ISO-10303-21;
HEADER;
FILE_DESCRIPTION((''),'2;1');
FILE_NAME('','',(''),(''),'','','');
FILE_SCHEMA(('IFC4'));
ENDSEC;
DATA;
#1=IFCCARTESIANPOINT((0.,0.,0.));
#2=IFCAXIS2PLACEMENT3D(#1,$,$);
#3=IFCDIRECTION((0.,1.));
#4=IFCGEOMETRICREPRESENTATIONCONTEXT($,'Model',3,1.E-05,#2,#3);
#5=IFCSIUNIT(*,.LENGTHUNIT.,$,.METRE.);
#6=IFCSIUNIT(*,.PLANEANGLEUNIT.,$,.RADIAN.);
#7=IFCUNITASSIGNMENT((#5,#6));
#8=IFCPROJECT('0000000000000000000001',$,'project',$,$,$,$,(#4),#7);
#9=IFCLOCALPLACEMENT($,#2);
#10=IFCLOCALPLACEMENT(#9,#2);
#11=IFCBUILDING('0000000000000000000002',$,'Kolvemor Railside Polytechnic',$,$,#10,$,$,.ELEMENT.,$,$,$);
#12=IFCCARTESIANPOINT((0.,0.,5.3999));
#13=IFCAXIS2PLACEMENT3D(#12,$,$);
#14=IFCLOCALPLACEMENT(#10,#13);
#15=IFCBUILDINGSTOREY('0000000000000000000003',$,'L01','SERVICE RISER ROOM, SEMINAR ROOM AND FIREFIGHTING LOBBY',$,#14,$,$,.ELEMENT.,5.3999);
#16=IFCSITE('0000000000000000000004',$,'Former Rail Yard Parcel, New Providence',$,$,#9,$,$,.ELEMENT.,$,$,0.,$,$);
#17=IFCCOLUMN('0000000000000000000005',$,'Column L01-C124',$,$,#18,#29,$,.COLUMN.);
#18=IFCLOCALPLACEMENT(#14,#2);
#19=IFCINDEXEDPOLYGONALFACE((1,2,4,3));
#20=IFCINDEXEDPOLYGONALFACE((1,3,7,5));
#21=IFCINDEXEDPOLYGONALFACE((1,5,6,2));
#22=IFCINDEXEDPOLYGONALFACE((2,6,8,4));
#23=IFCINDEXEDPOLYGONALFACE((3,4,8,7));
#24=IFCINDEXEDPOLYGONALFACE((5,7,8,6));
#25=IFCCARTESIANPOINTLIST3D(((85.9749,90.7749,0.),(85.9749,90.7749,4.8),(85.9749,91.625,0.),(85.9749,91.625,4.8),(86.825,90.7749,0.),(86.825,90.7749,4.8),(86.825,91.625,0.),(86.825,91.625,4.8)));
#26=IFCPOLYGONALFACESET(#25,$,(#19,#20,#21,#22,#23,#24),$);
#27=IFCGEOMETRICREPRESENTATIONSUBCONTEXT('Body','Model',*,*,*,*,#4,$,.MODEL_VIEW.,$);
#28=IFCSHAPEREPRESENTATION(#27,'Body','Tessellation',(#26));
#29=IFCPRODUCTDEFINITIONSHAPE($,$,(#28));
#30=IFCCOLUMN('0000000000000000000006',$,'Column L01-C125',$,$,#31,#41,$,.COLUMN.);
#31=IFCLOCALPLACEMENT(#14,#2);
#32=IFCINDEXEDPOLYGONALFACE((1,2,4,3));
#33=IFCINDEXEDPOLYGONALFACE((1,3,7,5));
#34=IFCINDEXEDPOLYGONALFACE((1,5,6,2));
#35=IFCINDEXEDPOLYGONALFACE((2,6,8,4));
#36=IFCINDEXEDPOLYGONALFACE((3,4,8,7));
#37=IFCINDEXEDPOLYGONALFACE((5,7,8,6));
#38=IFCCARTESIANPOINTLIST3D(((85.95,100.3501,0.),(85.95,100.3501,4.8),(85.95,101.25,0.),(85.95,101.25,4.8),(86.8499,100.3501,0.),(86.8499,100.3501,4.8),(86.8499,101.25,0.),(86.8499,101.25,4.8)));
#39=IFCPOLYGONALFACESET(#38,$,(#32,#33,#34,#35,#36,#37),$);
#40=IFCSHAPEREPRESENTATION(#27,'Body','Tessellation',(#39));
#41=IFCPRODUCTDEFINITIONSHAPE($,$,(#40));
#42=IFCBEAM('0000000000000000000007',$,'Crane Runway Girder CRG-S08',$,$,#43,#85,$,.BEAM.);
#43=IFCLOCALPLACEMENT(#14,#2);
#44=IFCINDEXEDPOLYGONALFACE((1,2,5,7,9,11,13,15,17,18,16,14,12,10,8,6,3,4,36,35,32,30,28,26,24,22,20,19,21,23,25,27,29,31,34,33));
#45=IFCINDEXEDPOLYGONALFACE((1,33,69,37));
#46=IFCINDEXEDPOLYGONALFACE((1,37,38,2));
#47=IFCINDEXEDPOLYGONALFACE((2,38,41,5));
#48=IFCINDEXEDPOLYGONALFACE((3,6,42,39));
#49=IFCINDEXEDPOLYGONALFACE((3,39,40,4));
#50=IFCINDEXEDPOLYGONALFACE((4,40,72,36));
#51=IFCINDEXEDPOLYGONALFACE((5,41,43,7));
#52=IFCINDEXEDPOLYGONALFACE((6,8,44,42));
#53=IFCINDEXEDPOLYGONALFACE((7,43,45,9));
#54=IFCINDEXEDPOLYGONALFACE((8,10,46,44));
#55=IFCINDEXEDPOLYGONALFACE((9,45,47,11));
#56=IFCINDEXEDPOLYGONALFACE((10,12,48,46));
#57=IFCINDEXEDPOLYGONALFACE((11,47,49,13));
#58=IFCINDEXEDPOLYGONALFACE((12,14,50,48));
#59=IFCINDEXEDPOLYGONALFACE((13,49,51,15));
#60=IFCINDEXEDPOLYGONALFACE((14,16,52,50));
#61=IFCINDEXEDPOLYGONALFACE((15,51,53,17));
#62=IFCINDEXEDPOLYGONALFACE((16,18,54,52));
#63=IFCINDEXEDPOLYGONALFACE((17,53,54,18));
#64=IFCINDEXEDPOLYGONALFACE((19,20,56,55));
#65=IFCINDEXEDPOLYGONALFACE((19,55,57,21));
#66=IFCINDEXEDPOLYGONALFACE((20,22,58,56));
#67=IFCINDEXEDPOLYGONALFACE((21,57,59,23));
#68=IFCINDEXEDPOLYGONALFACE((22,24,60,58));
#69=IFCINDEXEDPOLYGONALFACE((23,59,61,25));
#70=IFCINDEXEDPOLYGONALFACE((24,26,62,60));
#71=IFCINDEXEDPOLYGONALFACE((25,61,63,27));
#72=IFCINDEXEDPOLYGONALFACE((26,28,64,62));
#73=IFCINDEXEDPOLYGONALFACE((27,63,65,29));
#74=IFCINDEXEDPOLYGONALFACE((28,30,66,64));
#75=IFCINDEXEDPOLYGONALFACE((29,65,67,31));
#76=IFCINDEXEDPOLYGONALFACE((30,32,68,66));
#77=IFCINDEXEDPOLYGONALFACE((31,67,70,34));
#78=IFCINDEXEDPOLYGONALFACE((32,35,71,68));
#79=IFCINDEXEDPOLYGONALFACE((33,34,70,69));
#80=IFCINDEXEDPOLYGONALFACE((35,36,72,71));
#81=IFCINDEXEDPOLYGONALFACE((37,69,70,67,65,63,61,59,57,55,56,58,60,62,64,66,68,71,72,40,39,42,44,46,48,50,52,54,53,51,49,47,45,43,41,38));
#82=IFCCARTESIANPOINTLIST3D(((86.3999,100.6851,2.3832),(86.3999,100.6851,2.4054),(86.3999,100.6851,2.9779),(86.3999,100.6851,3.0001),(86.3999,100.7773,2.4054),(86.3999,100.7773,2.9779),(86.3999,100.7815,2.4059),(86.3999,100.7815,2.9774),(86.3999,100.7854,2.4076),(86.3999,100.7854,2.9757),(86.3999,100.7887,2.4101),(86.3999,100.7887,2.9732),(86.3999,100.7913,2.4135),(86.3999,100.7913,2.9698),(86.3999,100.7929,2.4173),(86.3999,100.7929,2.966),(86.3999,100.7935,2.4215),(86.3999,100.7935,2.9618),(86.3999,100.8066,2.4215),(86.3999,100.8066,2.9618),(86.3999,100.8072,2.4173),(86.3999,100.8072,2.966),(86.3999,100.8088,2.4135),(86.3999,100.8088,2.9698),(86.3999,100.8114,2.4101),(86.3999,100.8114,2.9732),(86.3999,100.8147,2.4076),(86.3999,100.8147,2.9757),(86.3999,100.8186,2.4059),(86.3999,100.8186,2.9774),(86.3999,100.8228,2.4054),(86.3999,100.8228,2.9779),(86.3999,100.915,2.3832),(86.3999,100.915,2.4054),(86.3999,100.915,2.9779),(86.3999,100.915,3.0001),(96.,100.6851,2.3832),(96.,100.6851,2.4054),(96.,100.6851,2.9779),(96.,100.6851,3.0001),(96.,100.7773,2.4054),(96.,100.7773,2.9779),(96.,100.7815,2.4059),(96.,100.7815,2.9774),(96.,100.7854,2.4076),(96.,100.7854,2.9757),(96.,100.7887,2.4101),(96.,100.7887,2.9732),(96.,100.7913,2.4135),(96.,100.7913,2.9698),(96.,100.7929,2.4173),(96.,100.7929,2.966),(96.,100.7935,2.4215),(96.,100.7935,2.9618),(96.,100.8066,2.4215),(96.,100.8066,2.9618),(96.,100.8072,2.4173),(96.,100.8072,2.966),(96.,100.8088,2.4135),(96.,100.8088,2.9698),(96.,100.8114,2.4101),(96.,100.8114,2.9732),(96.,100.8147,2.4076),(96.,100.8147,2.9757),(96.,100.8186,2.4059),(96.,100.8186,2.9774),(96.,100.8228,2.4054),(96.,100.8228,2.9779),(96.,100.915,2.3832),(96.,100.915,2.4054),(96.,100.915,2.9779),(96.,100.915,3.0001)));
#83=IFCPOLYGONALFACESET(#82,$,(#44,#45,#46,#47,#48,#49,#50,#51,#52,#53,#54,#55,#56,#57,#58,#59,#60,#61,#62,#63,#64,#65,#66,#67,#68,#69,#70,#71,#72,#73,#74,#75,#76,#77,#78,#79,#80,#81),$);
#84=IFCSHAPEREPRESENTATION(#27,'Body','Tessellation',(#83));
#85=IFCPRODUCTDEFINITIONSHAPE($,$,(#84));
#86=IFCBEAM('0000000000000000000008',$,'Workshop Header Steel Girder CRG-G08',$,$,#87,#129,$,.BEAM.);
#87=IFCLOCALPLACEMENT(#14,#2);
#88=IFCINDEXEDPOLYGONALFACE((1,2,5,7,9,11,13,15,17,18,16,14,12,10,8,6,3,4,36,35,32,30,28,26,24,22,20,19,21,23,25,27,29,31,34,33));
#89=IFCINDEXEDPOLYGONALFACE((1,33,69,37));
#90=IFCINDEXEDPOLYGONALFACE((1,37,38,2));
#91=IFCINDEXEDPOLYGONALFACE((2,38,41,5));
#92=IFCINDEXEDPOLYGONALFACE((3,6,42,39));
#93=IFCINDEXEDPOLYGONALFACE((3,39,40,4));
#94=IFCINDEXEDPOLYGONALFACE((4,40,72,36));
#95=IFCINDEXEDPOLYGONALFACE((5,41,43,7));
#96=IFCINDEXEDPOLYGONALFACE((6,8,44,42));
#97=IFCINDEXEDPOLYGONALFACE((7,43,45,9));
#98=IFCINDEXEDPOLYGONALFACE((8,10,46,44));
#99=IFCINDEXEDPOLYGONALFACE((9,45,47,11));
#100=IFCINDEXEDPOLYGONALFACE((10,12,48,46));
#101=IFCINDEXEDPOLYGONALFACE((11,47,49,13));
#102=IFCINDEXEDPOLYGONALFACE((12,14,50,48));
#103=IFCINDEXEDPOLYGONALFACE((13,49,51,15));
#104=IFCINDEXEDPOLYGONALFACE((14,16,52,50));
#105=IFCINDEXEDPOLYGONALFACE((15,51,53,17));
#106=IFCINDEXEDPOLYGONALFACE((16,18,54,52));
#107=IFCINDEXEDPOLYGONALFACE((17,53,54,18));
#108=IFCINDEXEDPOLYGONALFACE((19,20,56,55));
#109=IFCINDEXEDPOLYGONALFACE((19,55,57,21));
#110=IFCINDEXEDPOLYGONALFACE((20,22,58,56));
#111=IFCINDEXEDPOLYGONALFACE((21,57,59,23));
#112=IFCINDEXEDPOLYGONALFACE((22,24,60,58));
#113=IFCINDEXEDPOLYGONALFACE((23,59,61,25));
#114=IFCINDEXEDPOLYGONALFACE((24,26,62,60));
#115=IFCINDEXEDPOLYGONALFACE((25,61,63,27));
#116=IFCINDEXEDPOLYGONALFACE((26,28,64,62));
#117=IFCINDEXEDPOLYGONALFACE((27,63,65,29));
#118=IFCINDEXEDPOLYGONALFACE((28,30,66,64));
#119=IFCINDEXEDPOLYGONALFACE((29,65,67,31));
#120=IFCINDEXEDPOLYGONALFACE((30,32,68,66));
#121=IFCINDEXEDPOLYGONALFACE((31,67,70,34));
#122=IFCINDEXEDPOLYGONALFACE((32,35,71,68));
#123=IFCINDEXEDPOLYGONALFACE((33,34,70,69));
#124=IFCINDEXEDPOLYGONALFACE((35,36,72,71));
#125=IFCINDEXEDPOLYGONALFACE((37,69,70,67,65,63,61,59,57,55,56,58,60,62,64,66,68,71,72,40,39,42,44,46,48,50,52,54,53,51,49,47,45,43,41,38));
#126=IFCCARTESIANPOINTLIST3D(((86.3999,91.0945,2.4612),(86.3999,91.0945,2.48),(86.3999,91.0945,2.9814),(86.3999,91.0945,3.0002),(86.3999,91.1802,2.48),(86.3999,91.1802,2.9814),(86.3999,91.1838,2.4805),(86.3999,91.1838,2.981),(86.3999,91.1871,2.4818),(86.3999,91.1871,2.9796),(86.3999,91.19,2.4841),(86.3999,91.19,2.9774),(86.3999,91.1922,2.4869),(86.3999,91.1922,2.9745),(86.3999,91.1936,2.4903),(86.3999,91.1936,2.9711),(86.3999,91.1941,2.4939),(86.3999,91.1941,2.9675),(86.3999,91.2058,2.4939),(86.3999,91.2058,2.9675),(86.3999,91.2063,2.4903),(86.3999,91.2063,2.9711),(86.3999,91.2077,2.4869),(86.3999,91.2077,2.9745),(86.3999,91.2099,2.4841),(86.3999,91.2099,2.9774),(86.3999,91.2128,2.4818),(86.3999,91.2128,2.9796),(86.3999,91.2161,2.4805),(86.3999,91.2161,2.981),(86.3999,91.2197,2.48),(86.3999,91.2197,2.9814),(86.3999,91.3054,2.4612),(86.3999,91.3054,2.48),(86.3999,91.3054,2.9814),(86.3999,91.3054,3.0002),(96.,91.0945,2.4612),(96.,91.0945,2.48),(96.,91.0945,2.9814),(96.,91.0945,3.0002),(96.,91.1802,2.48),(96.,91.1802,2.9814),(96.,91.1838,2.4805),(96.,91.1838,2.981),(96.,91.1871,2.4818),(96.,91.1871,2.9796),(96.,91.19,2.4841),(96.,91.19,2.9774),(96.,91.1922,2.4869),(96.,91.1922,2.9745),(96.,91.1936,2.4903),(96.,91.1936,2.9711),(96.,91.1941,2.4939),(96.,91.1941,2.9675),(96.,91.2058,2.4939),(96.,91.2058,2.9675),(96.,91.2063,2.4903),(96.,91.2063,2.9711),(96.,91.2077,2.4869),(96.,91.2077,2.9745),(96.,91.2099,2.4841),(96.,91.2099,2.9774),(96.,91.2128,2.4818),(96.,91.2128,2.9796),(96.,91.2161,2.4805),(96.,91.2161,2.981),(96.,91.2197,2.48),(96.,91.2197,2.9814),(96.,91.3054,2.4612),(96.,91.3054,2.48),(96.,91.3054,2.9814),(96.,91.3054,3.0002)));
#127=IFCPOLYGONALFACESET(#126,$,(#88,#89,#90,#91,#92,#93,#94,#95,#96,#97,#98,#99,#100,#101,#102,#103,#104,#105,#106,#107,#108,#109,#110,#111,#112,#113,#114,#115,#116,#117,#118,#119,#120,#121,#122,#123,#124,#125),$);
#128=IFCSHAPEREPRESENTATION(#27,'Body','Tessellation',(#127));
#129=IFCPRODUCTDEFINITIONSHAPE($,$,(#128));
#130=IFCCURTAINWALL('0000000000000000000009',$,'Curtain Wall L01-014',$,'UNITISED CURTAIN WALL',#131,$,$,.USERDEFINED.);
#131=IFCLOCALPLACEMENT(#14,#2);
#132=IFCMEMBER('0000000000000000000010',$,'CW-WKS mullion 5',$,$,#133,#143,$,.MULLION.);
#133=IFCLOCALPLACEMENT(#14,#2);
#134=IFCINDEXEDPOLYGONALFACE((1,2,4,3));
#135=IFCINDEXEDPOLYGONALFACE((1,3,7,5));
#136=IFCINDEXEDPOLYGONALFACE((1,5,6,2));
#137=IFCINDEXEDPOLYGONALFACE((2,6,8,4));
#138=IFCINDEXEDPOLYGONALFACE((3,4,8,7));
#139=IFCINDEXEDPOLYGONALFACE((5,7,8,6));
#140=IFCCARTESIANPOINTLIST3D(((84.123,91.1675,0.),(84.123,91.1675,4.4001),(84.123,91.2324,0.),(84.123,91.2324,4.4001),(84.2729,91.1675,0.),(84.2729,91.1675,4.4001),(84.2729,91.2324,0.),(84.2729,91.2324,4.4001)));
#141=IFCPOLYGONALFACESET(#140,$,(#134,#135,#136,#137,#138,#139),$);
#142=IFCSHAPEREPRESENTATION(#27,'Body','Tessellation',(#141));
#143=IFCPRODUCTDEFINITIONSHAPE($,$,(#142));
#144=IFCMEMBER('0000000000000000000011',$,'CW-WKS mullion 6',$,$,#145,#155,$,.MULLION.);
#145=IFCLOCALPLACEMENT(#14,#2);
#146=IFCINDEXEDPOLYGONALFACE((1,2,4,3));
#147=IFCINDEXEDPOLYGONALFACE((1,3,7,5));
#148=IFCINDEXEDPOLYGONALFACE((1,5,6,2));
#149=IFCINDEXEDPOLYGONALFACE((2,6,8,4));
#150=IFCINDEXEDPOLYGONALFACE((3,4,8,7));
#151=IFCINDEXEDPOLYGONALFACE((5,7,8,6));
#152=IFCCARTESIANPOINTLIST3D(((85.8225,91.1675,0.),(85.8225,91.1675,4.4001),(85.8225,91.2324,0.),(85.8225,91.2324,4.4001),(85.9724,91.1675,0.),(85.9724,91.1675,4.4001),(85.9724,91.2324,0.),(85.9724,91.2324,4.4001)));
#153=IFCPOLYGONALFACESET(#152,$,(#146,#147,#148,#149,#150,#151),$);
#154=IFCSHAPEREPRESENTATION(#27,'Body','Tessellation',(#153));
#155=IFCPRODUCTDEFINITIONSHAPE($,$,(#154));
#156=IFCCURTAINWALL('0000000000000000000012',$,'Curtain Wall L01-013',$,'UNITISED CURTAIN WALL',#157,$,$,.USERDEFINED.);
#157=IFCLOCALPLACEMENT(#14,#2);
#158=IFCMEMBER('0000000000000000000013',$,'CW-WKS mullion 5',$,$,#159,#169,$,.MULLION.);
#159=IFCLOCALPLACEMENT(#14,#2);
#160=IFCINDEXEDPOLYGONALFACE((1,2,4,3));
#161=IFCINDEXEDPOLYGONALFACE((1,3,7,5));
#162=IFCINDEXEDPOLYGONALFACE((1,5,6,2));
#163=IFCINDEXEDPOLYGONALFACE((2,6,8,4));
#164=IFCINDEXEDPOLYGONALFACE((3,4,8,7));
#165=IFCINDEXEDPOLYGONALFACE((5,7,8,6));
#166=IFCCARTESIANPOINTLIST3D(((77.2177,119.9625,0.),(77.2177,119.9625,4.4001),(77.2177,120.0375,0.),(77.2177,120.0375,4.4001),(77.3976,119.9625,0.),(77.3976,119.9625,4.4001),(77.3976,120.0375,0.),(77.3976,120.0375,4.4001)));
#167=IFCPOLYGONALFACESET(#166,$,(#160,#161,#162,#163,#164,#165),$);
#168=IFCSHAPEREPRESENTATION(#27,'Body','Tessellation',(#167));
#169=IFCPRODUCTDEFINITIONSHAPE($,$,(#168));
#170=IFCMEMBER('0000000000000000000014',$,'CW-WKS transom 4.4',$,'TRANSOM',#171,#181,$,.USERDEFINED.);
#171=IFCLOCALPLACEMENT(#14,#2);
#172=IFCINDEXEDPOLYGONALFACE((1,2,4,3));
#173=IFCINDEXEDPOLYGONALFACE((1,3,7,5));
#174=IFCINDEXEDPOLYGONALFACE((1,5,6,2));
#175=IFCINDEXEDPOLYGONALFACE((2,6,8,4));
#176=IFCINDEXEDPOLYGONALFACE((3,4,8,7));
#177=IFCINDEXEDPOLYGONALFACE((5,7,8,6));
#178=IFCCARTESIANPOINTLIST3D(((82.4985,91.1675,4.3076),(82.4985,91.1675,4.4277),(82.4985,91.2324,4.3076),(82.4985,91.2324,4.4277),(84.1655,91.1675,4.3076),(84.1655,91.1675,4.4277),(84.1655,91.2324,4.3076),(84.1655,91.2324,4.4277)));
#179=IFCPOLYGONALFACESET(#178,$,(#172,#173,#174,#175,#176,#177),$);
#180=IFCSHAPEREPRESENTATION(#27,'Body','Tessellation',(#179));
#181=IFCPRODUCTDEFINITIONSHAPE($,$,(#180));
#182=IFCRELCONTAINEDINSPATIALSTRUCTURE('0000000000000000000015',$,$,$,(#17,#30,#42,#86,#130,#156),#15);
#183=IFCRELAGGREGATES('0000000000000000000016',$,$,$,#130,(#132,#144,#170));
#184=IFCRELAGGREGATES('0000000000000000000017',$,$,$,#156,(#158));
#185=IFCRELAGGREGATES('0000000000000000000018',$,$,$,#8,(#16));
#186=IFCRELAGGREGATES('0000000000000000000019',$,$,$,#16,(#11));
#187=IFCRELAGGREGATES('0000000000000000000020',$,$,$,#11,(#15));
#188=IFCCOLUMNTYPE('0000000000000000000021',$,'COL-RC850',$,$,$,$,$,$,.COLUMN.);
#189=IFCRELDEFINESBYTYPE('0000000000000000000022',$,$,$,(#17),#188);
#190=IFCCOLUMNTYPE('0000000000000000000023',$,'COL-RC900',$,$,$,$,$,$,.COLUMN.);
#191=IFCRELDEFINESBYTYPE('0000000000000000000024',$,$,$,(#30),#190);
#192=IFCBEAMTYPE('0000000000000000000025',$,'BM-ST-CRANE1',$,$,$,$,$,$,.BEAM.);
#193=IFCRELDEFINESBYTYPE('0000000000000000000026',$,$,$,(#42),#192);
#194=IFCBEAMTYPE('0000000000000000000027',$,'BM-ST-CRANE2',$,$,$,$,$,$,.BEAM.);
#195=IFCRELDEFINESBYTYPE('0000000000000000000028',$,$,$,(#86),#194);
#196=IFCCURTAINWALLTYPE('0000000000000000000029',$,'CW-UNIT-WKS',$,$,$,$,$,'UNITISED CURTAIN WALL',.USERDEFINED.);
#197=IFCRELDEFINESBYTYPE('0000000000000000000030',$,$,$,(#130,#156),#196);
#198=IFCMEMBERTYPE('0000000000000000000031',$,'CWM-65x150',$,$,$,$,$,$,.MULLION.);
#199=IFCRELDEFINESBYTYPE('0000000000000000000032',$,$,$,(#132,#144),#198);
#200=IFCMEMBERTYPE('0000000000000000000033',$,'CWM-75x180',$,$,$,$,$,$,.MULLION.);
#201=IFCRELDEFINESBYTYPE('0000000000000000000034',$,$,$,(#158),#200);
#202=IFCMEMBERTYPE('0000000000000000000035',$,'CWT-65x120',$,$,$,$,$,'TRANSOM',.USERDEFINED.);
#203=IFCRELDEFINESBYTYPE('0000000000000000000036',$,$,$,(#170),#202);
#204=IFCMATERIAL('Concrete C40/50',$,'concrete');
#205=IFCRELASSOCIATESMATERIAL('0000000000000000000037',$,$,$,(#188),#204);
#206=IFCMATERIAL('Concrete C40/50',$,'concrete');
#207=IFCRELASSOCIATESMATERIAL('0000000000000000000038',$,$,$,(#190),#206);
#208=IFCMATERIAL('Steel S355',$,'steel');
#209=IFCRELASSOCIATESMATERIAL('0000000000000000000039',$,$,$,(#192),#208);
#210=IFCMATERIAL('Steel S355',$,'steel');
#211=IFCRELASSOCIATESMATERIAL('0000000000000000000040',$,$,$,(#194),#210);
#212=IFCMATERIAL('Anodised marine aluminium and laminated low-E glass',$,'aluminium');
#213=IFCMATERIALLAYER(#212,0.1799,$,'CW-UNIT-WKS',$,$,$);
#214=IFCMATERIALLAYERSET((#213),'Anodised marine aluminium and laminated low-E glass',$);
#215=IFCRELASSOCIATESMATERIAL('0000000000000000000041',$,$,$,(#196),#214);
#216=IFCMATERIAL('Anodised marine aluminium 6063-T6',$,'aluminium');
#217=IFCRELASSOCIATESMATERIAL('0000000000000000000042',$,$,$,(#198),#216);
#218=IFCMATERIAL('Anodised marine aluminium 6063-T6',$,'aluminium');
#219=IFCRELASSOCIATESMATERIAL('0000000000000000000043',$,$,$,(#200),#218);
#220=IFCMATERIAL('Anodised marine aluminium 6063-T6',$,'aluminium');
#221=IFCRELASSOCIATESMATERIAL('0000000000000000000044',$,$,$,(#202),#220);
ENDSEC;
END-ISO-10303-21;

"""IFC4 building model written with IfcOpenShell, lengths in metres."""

from ifc_helpers import new_model, si_unit, direction, frame, origin, origin_2d, place, context, subcontext, project, spatial, rectangle, i_section, extrude, material, layer, layer_set, material_profile, profile_set, type_object, element, aggregate, save


model = new_model("IFC4")

# Units and contexts
model_context = context("Model", 3, precision=1e-05, world=origin(), true_north=direction((0.0, 1.0)))
body_context = subcontext(model_context, "Body", "Model", "MODEL_VIEW")
ifc_project = project(units=[si_unit("LENGTHUNIT", "METRE"), si_unit("PLANEANGLEUNIT", "RADIAN")], contexts=[model_context])

# Site, building, storey
site_placement = place(None, origin())
site = spatial("IfcSite", under=ifc_project, at=site_placement, Name="Former Rail Yard Parcel, New Providence", CompositionType="ELEMENT", RefElevation=0.0)
building_placement = place(site_placement, origin())
building = spatial("IfcBuilding", under=site, at=building_placement, Name="Kolvemor Railside Polytechnic", CompositionType="ELEMENT")
storey_placement = place(building_placement, frame((0.0, 0.0, 5.3999)))
storey = spatial("IfcBuildingStorey", under=building, at=storey_placement, Name="L01", Description="SERVICE RISER ROOM, SEMINAR ROOM AND FIREFIGHTING LOBBY", CompositionType="ELEMENT", Elevation=5.3999)

# Columns
ifc_material_1 = material(Name="Concrete C40/50", Category="concrete")
ifc_material_profile_1 = material_profile(ifc_material_1, rectangle(XDim=0.8501, YDim=0.8501, at=origin_2d()), Name="RC850x850")
ifc_profile_set_1 = profile_set([ifc_material_profile_1], Name="Concrete C40/50")
column_type_1 = type_object("IfcColumnType", Name="COL-RC850", PredefinedType="COLUMN", material=ifc_profile_set_1)
column_1_placement = place(storey_placement, frame((86.3999, 91.2, 0.0), z_axis=(0.0, 0.0, 1.0), x_axis=(1.0, 0.0, 0.0)))
element("IfcColumn", 1, at=column_1_placement, inside=storey, type_object=column_type_1, Name="Column L01-C124", PredefinedType="COLUMN", context=body_context, shape_type="SweptSolid", body=[
    extrude(rectangle(XDim=0.8501, YDim=0.8501, at=origin_2d()), origin(), (0.0, 0.0, 1.0), 4.8),
])
ifc_material_2 = material(Name="Concrete C40/50", Category="concrete")
ifc_material_profile_2 = material_profile(ifc_material_2, rectangle(XDim=0.8999, YDim=0.8999, at=origin_2d()), Name="RC900x900")
ifc_profile_set_2 = profile_set([ifc_material_profile_2], Name="Concrete C40/50")
column_type_2 = type_object("IfcColumnType", Name="COL-RC900", PredefinedType="COLUMN", material=ifc_profile_set_2)
column_2_placement = place(storey_placement, frame((86.3999, 100.8, 0.0), z_axis=(0.0, 0.0, 1.0), x_axis=(1.0, 0.0, 0.0)))
element("IfcColumn", 2, at=column_2_placement, inside=storey, type_object=column_type_2, Name="Column L01-C125", PredefinedType="COLUMN", context=body_context, shape_type="SweptSolid", body=[
    extrude(rectangle(XDim=0.8999, YDim=0.8999, at=origin_2d()), origin(), (0.0, 0.0, 1.0), 4.8),
])

# Beams
ifc_material_3 = material(Name="Steel S355", Category="steel")
ifc_material_profile_3 = material_profile(ifc_material_3, i_section(OverallWidth=0.23, OverallDepth=0.6169, WebThickness=0.0132, FlangeThickness=0.0222, FilletRadius=0.0161, at=origin_2d()), Name="W610x140")
ifc_profile_set_3 = profile_set([ifc_material_profile_3], Name="Steel S355")
beam_type_1 = type_object("IfcBeamType", Name="BM-ST-CRANE1", PredefinedType="BEAM", material=ifc_profile_set_3)
beam_1_placement = place(storey_placement, frame((86.3999, 100.8, 2.6917), z_axis=(1.0, 0.0, 0.0), x_axis=(0.0, 1.0, 0.0)))
element("IfcBeam", 3, at=beam_1_placement, inside=storey, type_object=beam_type_1, Name="Crane Runway Girder CRG-S08", PredefinedType="BEAM", context=body_context, shape_type="SweptSolid", body=[
    extrude(i_section(OverallWidth=0.23, OverallDepth=0.6169, WebThickness=0.0132, FlangeThickness=0.0222, FilletRadius=0.0161, at=origin_2d()), origin(), (0.0, 0.0, 1.0), 9.6001),
])
ifc_material_4 = material(Name="Steel S355", Category="steel")
ifc_material_profile_4 = material_profile(ifc_material_4, i_section(OverallWidth=0.2109, OverallDepth=0.5391, WebThickness=0.0117, FlangeThickness=0.0188, FilletRadius=0.0139, at=origin_2d()), Name="W530x109")
ifc_profile_set_4 = profile_set([ifc_material_profile_4], Name="Steel S355")
beam_type_2 = type_object("IfcBeamType", Name="BM-ST-CRANE2", PredefinedType="BEAM", material=ifc_profile_set_4)
beam_2_placement = place(storey_placement, frame((86.3999, 91.2, 2.7307), z_axis=(1.0, 0.0, 0.0), x_axis=(0.0, 1.0, 0.0)))
element("IfcBeam", 4, at=beam_2_placement, inside=storey, type_object=beam_type_2, Name="Workshop Header Steel Girder CRG-G08", PredefinedType="BEAM", context=body_context, shape_type="SweptSolid", body=[
    extrude(i_section(OverallWidth=0.2109, OverallDepth=0.5391, WebThickness=0.0117, FlangeThickness=0.0188, FilletRadius=0.0139, at=origin_2d()), origin(), (0.0, 0.0, 1.0), 9.6001),
])

# Curtain wall, members
ifc_material_5 = material(Name="Anodised marine aluminium and laminated low-E glass", Category="aluminium")
ifc_layer_1 = layer(ifc_material_5, 0.1799, Name="CW-UNIT-WKS")
ifc_layer_set_1 = layer_set([ifc_layer_1], Name="Anodised marine aluminium and laminated low-E glass")
curtain_wall_type = type_object("IfcCurtainWallType", Name="CW-UNIT-WKS", ElementType="UNITISED CURTAIN WALL", PredefinedType="USERDEFINED", material=ifc_layer_set_1)
curtain_wall_1_placement = place(storey_placement, origin())
curtain_wall_1 = element("IfcCurtainWall", 5, at=curtain_wall_1_placement, inside=storey, type_object=curtain_wall_type, Name="Curtain Wall L01-014", ObjectType="UNITISED CURTAIN WALL", PredefinedType="USERDEFINED")
ifc_material_6 = material(Name="Anodised marine aluminium 6063-T6", Category="aluminium")
ifc_material_profile_5 = material_profile(ifc_material_6, rectangle(XDim=0.0649, YDim=0.1499, at=origin_2d()), Name="CW-MUL-65x150")
ifc_profile_set_5 = profile_set([ifc_material_profile_5], Name="Anodised marine aluminium 6063-T6")
member_type_1 = type_object("IfcMemberType", Name="CWM-65x150", PredefinedType="MULLION", material=ifc_profile_set_5)
member_1_placement = place(storey_placement, frame((84.198, 91.2, 0.0), z_axis=(0.0, 0.0, 1.0), x_axis=(0.0, 1.0, 0.0)))
member_1 = element("IfcMember", 6, at=member_1_placement, type_object=member_type_1, Name="CW-WKS mullion 5", PredefinedType="MULLION", context=body_context, shape_type="SweptSolid", body=[
    extrude(rectangle(XDim=0.0649, YDim=0.1499, at=origin_2d()), origin(), (0.0, 0.0, 1.0), 4.4001),
])
member_2_placement = place(storey_placement, frame((85.8975, 91.2, 0.0), z_axis=(0.0, 0.0, 1.0), x_axis=(0.0, 1.0, 0.0)))
member_2 = element("IfcMember", 7, at=member_2_placement, type_object=member_type_1, Name="CW-WKS mullion 6", PredefinedType="MULLION", context=body_context, shape_type="SweptSolid", body=[
    extrude(rectangle(XDim=0.0649, YDim=0.1499, at=origin_2d()), origin(), (0.0, 0.0, 1.0), 4.4001),
])

# Curtain wall, member
curtain_wall_2_placement = place(storey_placement, origin())
curtain_wall_2 = element("IfcCurtainWall", 8, at=curtain_wall_2_placement, inside=storey, type_object=curtain_wall_type, Name="Curtain Wall L01-013", ObjectType="UNITISED CURTAIN WALL", PredefinedType="USERDEFINED")
ifc_material_7 = material(Name="Anodised marine aluminium 6063-T6", Category="aluminium")
ifc_material_profile_6 = material_profile(ifc_material_7, rectangle(XDim=0.075, YDim=0.1799, at=origin_2d()), Name="CW-MUL-75x180")
ifc_profile_set_6 = profile_set([ifc_material_profile_6], Name="Anodised marine aluminium 6063-T6")
member_type_2 = type_object("IfcMemberType", Name="CWM-75x180", PredefinedType="MULLION", material=ifc_profile_set_6)
member_3_placement = place(storey_placement, frame((77.3076, 120.0, 0.0), z_axis=(0.0, 0.0, 1.0), x_axis=(0.0, -1.0, 0.0)))
member_3 = element("IfcMember", 9, at=member_3_placement, type_object=member_type_2, Name="CW-WKS mullion 5", PredefinedType="MULLION", context=body_context, shape_type="SweptSolid", body=[
    extrude(rectangle(XDim=0.075, YDim=0.1799, at=origin_2d()), origin(), (0.0, 0.0, 1.0), 4.4001),
])

# Member
ifc_material_8 = material(Name="Anodised marine aluminium 6063-T6", Category="aluminium")
ifc_material_profile_7 = material_profile(ifc_material_8, rectangle(XDim=0.0649, YDim=0.1201, at=origin_2d()), Name="CW-TRN-65x120")
ifc_profile_set_7 = profile_set([ifc_material_profile_7], Name="Anodised marine aluminium 6063-T6")
member_type_3 = type_object("IfcMemberType", Name="CWT-65x120", ElementType="TRANSOM", PredefinedType="USERDEFINED", material=ifc_profile_set_7)
member_4_placement = place(storey_placement, frame((82.4985, 91.2, 4.3677), z_axis=(1.0, 0.0, 0.0), x_axis=(0.0, 1.0, 0.0)))
member_4 = element("IfcMember", 10, at=member_4_placement, type_object=member_type_3, Name="CW-WKS transom 4.4", ObjectType="TRANSOM", PredefinedType="USERDEFINED", context=body_context, shape_type="SweptSolid", body=[
    extrude(rectangle(XDim=0.0649, YDim=0.1201, at=origin_2d()), origin(), (0.0, 0.0, 1.0), 1.667),
])

aggregate(curtain_wall_1, [member_1, member_2, member_4])
aggregate(curtain_wall_2, [member_3])

save(model, "model.ifc")
